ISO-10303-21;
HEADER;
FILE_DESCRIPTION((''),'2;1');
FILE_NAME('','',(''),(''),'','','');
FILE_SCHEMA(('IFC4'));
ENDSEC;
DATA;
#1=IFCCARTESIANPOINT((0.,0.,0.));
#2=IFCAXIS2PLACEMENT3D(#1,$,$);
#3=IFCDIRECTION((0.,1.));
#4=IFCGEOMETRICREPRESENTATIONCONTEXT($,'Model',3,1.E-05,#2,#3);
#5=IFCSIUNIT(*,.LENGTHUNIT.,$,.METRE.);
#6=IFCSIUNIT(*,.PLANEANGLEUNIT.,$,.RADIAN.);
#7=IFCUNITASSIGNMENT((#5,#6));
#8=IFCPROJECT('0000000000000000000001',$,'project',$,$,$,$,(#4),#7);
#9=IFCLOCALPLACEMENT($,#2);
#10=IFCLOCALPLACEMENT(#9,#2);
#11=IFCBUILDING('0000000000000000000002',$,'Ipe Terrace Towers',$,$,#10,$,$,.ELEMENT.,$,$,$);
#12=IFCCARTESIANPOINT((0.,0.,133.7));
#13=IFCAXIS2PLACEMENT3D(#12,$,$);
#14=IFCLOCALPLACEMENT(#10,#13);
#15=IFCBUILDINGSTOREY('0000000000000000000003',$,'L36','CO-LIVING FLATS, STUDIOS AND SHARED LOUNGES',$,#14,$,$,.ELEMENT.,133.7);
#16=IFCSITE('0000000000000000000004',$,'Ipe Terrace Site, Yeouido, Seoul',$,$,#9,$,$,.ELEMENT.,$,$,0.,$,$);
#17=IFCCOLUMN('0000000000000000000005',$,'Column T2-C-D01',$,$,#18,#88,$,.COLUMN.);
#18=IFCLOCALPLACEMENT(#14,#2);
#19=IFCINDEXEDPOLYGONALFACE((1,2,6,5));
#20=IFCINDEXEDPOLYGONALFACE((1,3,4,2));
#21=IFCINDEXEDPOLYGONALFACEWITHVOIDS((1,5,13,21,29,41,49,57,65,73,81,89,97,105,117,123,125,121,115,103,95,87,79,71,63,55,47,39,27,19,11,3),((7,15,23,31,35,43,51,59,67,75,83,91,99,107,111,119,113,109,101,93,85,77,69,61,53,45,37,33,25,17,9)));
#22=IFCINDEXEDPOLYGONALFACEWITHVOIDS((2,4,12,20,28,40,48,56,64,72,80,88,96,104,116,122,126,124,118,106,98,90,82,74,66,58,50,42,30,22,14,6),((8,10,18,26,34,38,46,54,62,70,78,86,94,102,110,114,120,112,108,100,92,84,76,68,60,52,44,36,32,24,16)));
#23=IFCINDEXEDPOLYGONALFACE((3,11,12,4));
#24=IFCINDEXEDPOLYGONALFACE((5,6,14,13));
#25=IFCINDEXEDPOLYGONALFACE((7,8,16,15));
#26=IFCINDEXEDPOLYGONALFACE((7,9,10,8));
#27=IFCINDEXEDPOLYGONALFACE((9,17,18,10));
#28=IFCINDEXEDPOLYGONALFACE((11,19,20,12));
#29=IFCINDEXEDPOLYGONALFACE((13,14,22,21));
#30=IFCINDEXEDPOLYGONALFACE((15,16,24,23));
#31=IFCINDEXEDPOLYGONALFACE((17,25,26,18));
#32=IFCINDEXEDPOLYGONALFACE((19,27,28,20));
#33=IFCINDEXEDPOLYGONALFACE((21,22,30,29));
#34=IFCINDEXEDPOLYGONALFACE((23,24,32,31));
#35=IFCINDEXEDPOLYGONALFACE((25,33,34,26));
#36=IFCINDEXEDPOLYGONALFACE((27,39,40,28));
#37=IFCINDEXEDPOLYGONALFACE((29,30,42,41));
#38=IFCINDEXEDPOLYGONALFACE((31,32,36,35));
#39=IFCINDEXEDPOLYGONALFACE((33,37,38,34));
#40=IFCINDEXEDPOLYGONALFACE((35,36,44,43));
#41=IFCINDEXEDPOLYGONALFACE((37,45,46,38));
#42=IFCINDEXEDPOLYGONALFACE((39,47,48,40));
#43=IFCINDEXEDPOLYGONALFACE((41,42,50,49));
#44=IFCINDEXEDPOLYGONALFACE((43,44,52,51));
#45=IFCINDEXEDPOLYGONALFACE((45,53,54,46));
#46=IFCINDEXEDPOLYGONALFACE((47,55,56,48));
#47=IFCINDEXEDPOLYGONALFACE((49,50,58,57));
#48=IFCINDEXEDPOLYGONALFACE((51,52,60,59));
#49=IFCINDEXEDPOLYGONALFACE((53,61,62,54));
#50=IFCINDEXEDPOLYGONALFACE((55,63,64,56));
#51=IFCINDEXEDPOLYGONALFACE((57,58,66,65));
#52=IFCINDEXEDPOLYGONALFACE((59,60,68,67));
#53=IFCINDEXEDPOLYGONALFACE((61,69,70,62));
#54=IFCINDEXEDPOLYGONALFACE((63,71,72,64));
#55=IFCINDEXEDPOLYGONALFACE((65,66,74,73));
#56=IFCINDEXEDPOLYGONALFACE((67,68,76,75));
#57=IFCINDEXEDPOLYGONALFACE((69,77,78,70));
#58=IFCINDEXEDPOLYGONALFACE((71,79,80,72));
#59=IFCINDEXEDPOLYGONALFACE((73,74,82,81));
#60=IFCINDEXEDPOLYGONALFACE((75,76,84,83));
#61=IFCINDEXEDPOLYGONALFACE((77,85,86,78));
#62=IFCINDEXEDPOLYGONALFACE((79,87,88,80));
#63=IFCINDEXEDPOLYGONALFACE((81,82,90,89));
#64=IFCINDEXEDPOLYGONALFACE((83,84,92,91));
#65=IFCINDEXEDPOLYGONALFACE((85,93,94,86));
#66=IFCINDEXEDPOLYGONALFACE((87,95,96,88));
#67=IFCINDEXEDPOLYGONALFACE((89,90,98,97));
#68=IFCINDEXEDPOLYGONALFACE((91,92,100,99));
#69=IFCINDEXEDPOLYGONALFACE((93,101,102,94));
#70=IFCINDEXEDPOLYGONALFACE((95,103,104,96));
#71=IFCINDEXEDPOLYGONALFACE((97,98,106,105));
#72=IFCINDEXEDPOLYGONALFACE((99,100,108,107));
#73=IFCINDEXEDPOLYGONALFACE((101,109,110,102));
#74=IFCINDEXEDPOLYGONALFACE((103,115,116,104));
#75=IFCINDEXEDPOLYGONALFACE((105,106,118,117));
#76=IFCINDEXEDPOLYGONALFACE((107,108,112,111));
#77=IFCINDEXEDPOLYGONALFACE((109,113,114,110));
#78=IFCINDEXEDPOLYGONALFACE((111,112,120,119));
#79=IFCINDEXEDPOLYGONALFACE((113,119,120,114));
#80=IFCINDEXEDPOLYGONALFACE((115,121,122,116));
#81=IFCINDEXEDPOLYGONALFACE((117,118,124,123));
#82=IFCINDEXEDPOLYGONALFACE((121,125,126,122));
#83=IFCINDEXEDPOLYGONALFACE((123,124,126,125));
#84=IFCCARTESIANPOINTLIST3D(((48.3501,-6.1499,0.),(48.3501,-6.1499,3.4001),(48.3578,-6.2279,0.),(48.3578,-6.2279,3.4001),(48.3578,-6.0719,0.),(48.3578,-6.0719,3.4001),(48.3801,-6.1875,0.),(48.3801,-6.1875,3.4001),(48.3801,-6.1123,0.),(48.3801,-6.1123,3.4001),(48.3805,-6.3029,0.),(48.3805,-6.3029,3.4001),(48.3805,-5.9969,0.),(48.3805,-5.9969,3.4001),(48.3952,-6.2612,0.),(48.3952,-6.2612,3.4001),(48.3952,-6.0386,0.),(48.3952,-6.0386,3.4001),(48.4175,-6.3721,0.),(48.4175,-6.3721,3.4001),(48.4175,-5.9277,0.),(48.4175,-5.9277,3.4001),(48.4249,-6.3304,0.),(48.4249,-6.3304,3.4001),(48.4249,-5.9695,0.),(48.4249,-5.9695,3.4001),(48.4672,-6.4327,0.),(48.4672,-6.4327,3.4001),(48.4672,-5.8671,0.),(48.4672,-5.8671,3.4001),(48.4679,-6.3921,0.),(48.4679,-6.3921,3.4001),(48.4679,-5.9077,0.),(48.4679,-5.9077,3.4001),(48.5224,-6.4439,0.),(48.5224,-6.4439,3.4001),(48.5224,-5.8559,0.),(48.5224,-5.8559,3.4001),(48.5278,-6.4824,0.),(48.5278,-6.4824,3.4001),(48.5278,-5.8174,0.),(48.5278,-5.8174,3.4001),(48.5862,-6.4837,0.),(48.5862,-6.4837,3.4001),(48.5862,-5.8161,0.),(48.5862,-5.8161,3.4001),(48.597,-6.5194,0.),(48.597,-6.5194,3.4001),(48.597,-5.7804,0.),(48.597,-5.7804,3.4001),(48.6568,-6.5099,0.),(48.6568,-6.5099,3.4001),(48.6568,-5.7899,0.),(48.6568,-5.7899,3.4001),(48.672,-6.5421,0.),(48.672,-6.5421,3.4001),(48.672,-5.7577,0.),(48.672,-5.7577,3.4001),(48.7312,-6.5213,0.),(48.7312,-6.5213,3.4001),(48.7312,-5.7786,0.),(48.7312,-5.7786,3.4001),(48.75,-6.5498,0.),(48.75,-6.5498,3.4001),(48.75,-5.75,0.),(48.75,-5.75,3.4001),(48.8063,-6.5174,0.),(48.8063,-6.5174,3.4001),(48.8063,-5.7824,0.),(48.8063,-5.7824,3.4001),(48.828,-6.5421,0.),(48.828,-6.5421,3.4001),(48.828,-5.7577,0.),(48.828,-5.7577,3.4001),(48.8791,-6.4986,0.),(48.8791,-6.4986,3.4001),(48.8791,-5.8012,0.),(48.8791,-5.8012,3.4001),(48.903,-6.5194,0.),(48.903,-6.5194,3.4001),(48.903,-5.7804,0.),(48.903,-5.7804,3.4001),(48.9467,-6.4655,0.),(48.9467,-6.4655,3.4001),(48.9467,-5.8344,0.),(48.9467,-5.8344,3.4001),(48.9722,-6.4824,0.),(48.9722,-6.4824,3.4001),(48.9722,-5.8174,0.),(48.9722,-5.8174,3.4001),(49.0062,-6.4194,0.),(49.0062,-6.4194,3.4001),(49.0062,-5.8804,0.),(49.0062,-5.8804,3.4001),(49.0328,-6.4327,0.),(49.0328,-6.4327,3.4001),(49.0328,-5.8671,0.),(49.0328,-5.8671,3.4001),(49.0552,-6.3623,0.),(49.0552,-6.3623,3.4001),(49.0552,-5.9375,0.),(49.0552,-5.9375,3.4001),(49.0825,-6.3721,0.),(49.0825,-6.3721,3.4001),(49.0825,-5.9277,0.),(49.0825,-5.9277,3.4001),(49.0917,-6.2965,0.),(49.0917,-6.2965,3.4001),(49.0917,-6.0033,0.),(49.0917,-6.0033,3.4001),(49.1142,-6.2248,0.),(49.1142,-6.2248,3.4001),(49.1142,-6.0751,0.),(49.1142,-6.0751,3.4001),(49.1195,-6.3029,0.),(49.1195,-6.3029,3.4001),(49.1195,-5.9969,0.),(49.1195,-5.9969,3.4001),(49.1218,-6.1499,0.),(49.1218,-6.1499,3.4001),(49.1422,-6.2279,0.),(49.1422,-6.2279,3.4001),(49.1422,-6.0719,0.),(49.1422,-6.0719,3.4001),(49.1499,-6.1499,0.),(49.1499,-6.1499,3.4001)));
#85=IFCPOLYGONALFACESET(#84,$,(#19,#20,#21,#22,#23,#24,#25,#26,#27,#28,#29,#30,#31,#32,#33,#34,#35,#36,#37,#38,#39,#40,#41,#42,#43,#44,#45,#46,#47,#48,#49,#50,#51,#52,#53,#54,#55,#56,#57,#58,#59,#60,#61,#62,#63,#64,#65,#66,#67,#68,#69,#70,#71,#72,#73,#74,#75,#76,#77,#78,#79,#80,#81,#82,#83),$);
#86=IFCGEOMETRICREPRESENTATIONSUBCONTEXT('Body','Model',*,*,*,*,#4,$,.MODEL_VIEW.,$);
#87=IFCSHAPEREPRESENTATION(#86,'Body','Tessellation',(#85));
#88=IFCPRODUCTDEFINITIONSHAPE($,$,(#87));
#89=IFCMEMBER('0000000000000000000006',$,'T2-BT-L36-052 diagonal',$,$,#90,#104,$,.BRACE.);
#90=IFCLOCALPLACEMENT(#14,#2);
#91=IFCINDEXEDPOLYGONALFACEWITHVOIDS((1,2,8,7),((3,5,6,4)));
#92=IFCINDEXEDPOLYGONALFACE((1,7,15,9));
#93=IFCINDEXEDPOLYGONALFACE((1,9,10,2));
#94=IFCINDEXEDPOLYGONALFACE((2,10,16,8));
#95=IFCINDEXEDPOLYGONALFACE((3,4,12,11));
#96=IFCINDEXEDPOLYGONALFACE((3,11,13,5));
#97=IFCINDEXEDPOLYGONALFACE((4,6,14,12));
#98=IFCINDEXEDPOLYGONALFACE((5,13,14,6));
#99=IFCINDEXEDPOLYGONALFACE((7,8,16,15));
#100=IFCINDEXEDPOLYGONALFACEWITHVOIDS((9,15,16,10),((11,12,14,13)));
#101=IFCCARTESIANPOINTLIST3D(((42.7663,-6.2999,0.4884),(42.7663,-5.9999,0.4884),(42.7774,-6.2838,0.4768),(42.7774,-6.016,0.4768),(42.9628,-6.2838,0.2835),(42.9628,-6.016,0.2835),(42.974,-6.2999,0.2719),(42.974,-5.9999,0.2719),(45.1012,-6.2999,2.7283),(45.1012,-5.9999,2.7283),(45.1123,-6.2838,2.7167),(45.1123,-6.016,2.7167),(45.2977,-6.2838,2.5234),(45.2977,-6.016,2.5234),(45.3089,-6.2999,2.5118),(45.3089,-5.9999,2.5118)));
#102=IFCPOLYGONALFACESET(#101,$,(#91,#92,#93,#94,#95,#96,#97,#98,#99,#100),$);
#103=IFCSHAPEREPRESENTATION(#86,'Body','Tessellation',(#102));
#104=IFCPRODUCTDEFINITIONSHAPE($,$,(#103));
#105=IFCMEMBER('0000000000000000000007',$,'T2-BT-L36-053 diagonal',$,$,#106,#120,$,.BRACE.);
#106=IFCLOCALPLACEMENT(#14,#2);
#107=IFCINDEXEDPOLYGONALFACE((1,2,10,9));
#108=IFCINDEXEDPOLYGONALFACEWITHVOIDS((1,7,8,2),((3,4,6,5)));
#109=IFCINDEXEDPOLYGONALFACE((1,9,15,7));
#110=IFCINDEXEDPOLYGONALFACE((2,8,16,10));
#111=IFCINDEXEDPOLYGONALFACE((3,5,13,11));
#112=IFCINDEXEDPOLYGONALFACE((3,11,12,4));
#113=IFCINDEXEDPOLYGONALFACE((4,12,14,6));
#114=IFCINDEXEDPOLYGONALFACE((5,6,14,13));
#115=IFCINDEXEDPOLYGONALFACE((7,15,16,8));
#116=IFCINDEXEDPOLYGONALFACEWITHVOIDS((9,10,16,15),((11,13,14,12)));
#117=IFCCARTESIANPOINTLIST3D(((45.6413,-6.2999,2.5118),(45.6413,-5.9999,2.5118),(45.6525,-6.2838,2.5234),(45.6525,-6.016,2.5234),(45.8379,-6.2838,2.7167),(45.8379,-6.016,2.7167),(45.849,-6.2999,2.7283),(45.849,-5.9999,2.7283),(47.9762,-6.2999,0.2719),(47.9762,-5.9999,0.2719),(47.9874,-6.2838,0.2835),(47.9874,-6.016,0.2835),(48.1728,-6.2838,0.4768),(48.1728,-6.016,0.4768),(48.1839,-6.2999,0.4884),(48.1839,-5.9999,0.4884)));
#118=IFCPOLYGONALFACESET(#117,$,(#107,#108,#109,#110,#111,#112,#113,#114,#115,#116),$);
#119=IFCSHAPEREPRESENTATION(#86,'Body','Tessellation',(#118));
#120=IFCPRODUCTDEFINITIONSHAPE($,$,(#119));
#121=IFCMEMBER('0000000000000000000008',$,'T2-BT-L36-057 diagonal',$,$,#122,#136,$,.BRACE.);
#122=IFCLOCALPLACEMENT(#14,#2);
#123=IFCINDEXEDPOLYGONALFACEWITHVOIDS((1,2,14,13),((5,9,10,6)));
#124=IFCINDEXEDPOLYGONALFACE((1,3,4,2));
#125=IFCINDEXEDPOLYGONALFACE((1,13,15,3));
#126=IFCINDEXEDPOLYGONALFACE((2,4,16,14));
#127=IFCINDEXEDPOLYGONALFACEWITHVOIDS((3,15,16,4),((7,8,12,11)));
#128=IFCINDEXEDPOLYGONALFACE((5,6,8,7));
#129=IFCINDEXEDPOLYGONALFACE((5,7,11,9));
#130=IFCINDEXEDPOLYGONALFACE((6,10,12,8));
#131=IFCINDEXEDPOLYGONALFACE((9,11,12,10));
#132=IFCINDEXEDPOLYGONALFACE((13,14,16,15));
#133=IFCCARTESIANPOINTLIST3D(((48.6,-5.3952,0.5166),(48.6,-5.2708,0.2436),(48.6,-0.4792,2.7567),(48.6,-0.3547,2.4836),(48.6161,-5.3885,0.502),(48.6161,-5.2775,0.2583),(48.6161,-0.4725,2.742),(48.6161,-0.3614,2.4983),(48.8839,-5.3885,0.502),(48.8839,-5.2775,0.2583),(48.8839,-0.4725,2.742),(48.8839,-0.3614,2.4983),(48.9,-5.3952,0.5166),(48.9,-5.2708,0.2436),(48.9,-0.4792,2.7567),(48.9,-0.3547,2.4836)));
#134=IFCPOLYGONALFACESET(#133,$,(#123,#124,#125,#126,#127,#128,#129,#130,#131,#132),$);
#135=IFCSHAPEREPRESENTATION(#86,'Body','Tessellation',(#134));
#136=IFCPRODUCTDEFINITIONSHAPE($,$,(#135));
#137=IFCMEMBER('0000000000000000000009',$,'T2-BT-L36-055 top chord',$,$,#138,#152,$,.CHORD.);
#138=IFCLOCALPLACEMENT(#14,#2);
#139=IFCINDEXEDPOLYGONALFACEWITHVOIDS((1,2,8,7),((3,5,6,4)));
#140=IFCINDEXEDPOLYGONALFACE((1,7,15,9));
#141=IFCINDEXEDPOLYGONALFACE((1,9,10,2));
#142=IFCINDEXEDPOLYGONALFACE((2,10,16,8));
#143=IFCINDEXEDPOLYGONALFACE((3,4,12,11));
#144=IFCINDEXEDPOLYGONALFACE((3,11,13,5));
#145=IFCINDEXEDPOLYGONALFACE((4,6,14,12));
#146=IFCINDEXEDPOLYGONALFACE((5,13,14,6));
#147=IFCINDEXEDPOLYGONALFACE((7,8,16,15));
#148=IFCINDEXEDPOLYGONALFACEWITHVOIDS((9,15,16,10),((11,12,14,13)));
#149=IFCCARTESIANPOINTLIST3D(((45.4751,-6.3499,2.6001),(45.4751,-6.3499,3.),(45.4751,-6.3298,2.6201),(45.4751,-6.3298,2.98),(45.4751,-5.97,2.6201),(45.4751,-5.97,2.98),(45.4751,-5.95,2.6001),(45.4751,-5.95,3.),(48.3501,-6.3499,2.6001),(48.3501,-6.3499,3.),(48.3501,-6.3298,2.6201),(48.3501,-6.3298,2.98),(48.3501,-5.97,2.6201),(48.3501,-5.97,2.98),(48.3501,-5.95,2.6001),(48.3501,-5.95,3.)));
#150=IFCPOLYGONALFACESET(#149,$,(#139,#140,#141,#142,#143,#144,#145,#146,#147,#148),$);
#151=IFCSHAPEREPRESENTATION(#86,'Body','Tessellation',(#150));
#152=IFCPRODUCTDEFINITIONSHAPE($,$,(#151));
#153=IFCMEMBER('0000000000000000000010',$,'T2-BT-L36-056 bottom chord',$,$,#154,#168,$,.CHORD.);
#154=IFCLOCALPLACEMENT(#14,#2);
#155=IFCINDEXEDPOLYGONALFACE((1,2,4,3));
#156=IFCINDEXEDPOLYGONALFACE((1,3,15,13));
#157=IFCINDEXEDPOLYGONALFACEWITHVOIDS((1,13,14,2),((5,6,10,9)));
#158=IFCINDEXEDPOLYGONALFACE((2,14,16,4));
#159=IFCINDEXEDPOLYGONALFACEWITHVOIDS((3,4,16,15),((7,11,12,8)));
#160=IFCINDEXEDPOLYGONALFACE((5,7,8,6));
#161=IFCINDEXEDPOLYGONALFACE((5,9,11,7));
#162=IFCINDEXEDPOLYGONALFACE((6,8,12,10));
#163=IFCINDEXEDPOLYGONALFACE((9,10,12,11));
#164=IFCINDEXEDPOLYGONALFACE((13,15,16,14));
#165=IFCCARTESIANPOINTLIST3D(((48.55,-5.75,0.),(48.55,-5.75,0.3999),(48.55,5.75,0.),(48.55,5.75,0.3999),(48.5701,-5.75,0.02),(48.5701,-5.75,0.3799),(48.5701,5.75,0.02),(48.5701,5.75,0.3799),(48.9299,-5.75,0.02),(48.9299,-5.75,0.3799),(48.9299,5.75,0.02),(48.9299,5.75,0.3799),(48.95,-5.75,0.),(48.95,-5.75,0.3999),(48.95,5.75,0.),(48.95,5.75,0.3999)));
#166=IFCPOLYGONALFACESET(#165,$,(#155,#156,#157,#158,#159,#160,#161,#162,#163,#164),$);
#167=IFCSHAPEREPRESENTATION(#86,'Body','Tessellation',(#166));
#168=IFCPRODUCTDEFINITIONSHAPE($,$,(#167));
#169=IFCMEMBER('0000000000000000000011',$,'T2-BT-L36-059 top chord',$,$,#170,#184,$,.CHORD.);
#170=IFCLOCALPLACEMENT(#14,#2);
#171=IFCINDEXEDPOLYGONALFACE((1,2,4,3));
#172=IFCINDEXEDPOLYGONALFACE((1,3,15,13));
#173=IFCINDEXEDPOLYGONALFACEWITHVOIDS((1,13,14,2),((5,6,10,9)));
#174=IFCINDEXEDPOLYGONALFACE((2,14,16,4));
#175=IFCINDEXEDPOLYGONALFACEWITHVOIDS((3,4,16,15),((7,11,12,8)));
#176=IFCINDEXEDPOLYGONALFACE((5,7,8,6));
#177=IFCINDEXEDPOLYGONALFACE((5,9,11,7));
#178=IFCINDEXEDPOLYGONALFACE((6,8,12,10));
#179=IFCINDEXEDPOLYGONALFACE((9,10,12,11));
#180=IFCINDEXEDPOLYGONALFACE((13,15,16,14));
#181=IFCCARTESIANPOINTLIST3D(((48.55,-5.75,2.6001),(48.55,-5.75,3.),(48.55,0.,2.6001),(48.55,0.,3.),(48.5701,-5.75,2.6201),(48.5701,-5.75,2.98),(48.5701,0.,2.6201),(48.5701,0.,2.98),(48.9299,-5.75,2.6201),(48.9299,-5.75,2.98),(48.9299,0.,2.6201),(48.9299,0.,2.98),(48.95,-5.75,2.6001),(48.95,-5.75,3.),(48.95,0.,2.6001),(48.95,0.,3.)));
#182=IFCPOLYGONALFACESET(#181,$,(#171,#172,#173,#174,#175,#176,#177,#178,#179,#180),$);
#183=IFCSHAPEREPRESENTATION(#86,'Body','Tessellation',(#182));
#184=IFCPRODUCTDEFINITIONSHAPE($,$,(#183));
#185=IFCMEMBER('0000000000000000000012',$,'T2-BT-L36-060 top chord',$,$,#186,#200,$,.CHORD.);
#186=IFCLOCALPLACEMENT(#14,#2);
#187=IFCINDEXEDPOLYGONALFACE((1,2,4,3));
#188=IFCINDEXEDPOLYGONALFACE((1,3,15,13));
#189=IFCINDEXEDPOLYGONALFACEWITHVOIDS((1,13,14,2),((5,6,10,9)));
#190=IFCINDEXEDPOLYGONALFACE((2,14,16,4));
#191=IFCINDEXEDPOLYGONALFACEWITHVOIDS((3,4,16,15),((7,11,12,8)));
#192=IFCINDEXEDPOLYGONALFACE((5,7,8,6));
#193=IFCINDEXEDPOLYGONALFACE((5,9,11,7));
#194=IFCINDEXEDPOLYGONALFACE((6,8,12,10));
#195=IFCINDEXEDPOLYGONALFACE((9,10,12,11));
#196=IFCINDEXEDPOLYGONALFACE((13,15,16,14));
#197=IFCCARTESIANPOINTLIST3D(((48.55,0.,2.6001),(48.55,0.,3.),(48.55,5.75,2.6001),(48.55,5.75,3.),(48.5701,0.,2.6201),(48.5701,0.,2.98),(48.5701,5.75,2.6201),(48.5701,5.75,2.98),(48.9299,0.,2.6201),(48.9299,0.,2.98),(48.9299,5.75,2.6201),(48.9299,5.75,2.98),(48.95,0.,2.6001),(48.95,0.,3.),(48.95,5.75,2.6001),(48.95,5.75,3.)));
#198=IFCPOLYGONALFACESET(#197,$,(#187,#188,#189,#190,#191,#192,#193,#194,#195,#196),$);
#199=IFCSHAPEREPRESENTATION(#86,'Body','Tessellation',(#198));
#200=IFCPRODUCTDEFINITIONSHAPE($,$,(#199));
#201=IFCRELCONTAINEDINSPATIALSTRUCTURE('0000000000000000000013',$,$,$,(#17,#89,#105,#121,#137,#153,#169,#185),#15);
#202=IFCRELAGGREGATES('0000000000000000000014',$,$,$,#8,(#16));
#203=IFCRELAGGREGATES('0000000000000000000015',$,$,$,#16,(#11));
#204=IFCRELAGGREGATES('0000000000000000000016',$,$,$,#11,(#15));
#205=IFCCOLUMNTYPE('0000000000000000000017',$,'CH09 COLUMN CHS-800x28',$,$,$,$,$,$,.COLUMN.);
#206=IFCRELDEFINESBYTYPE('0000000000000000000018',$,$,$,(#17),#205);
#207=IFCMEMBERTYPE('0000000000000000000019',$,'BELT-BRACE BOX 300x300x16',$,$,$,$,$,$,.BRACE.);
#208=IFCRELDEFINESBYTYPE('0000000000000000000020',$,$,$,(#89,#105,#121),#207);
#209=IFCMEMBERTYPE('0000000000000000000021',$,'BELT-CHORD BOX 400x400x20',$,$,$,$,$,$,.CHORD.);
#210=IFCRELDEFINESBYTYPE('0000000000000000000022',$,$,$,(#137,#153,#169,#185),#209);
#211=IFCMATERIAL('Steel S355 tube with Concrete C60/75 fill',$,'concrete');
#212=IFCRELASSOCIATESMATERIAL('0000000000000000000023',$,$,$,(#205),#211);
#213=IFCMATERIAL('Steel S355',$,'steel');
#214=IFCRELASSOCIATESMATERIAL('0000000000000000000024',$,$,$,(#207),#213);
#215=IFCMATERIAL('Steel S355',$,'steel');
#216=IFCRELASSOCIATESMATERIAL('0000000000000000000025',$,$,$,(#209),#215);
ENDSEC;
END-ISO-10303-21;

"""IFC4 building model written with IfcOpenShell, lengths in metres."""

from ifc_helpers import new_model, si_unit, direction, frame, origin, origin_2d, place, context, subcontext, project, spatial, hollow_rectangle, hollow_circle, extrude, material, material_profile, profile_set, type_object, element, save


model = new_model("IFC4")

# Units and contexts
model_context = context("Model", 3, precision=1e-05, world=origin(), true_north=direction((0.0, 1.0)))
body_context = subcontext(model_context, "Body", "Model", "MODEL_VIEW")
ifc_project = project(units=[si_unit("LENGTHUNIT", "METRE"), si_unit("PLANEANGLEUNIT", "RADIAN")], contexts=[model_context])

# Site, building, storey
site_placement = place(None, origin())
site = spatial("IfcSite", under=ifc_project, at=site_placement, Name="Ipe Terrace Site, Yeouido, Seoul", CompositionType="ELEMENT", RefElevation=0.0)
building_placement = place(site_placement, origin())
building = spatial("IfcBuilding", under=site, at=building_placement, Name="Ipe Terrace Towers", CompositionType="ELEMENT")
storey_placement = place(building_placement, frame((0.0, 0.0, 133.7)))
storey = spatial("IfcBuildingStorey", under=building, at=storey_placement, Name="L36", Description="CO-LIVING FLATS, STUDIOS AND SHARED LOUNGES", CompositionType="ELEMENT", Elevation=133.7)

# Column
ifc_material_1 = material(Name="Steel S355 tube with Concrete C60/75 fill", Category="concrete")
ifc_material_profile_1 = material_profile(ifc_material_1, hollow_circle(Radius=0.3999, WallThickness=0.0281, at=origin_2d()), Name="CHS-800x28")
ifc_profile_set_1 = profile_set([ifc_material_profile_1], Name="Steel S355 tube with Concrete C60/75 fill")
column_type = type_object("IfcColumnType", Name="CH09 COLUMN CHS-800x28", PredefinedType="COLUMN", material=ifc_profile_set_1)
column_placement = place(storey_placement, frame((48.75, -6.1499, 0.0), z_axis=(0.0, 0.0, 1.0), x_axis=(1.0, 0.0, 0.0)))
element("IfcColumn", 1, at=column_placement, inside=storey, type_object=column_type, Name="Column T2-C-D01", PredefinedType="COLUMN", context=body_context, shape_type="SweptSolid", body=[
    extrude(hollow_circle(Radius=0.3999, WallThickness=0.0281, at=origin_2d()), origin(), (0.0, 0.0, 1.0), 3.4001),
])

# Members
ifc_material_2 = material(Name="Steel S355", Category="steel")
ifc_material_profile_2 = material_profile(ifc_material_2, hollow_rectangle(XDim=0.3, YDim=0.3, WallThickness=0.0161, at=origin_2d()), Name="BELT-BRACE BOX 300x300x16")
ifc_profile_set_2 = profile_set([ifc_material_profile_2], Name="Steel S355")
member_type_1 = type_object("IfcMemberType", Name="BELT-BRACE BOX 300x300x16", PredefinedType="BRACE", material=ifc_profile_set_2)
for number, where, z_axis, x_axis, name in (
    (2, (42.8701, -6.1499, 0.3801), (0.72163, 0.0, 0.692279), (0.0, 1.0, 0.0), "T2-BT-L36-052 diagonal"),
    (3, (48.0801, -6.1499, 0.3801), (-0.72163, 0.0, 0.692279), (0.0, -1.0, 0.0), "T2-BT-L36-053 diagonal"),
):
    element("IfcMember", number, at=place(storey_placement, frame(where, z_axis=z_axis, x_axis=x_axis)), inside=storey, type_object=member_type_1, Name=name, PredefinedType="BRACE", context=body_context, shape_type="SweptSolid", body=[
        extrude(hollow_rectangle(XDim=0.3, YDim=0.3, WallThickness=0.0161, at=origin_2d()), origin(), (0.0, 0.0, 1.0), 3.2356),
    ])
member_1_placement = place(storey_placement, frame((48.75, -5.333, 0.3801), z_axis=(0.0, 0.909987, 0.414637), x_axis=(-1.0, 0.0, 0.0)))
element("IfcMember", 4, at=member_1_placement, inside=storey, type_object=member_type_1, Name="T2-BT-L36-057 diagonal", PredefinedType="BRACE", context=body_context, shape_type="SweptSolid", body=[
    extrude(hollow_rectangle(XDim=0.3, YDim=0.3, WallThickness=0.0161, at=origin_2d()), origin(), (0.0, 0.0, 1.0), 5.4023),
])
ifc_material_3 = material(Name="Steel S355", Category="steel")
ifc_material_profile_3 = material_profile(ifc_material_3, hollow_rectangle(XDim=0.3999, YDim=0.3999, WallThickness=0.02, at=origin_2d()), Name="BELT-CHORD BOX 400x400x20")
ifc_profile_set_3 = profile_set([ifc_material_profile_3], Name="Steel S355")
member_type_2 = type_object("IfcMemberType", Name="BELT-CHORD BOX 400x400x20", PredefinedType="CHORD", material=ifc_profile_set_3)
member_2_placement = place(storey_placement, frame((45.4751, -6.1499, 2.8), z_axis=(1.0, 0.0, 0.0), x_axis=(0.0, 1.0, 0.0)))
element("IfcMember", 5, at=member_2_placement, inside=storey, type_object=member_type_2, Name="T2-BT-L36-055 top chord", PredefinedType="CHORD", context=body_context, shape_type="SweptSolid", body=[
    extrude(hollow_rectangle(XDim=0.3999, YDim=0.3999, WallThickness=0.02, at=origin_2d()), origin(), (0.0, 0.0, 1.0), 2.875),
])
member_3_placement = place(storey_placement, frame((48.75, -5.75, 0.2), z_axis=(0.0, 1.0, 0.0), x_axis=(-1.0, 0.0, 0.0)))
element("IfcMember", 6, at=member_3_placement, inside=storey, type_object=member_type_2, Name="T2-BT-L36-056 bottom chord", PredefinedType="CHORD", context=body_context, shape_type="SweptSolid", body=[
    extrude(hollow_rectangle(XDim=0.3999, YDim=0.3999, WallThickness=0.02, at=origin_2d()), origin(), (0.0, 0.0, 1.0), 11.5),
])
for number, where, z_axis, x_axis, name in (
    (7, (48.75, -5.75, 2.8), (0.0, 1.0, 0.0), (-1.0, 0.0, 0.0), "T2-BT-L36-059 top chord"),
    (8, (48.75, 0.0, 2.8), (0.0, 1.0, 0.0), (-1.0, 0.0, 0.0), "T2-BT-L36-060 top chord"),
):
    element("IfcMember", number, at=place(storey_placement, frame(where, z_axis=z_axis, x_axis=x_axis)), inside=storey, type_object=member_type_2, Name=name, PredefinedType="CHORD", context=body_context, shape_type="SweptSolid", body=[
        extrude(hollow_rectangle(XDim=0.3999, YDim=0.3999, WallThickness=0.02, at=origin_2d()), origin(), (0.0, 0.0, 1.0), 5.75),
    ])

save(model, "model.ifc")
